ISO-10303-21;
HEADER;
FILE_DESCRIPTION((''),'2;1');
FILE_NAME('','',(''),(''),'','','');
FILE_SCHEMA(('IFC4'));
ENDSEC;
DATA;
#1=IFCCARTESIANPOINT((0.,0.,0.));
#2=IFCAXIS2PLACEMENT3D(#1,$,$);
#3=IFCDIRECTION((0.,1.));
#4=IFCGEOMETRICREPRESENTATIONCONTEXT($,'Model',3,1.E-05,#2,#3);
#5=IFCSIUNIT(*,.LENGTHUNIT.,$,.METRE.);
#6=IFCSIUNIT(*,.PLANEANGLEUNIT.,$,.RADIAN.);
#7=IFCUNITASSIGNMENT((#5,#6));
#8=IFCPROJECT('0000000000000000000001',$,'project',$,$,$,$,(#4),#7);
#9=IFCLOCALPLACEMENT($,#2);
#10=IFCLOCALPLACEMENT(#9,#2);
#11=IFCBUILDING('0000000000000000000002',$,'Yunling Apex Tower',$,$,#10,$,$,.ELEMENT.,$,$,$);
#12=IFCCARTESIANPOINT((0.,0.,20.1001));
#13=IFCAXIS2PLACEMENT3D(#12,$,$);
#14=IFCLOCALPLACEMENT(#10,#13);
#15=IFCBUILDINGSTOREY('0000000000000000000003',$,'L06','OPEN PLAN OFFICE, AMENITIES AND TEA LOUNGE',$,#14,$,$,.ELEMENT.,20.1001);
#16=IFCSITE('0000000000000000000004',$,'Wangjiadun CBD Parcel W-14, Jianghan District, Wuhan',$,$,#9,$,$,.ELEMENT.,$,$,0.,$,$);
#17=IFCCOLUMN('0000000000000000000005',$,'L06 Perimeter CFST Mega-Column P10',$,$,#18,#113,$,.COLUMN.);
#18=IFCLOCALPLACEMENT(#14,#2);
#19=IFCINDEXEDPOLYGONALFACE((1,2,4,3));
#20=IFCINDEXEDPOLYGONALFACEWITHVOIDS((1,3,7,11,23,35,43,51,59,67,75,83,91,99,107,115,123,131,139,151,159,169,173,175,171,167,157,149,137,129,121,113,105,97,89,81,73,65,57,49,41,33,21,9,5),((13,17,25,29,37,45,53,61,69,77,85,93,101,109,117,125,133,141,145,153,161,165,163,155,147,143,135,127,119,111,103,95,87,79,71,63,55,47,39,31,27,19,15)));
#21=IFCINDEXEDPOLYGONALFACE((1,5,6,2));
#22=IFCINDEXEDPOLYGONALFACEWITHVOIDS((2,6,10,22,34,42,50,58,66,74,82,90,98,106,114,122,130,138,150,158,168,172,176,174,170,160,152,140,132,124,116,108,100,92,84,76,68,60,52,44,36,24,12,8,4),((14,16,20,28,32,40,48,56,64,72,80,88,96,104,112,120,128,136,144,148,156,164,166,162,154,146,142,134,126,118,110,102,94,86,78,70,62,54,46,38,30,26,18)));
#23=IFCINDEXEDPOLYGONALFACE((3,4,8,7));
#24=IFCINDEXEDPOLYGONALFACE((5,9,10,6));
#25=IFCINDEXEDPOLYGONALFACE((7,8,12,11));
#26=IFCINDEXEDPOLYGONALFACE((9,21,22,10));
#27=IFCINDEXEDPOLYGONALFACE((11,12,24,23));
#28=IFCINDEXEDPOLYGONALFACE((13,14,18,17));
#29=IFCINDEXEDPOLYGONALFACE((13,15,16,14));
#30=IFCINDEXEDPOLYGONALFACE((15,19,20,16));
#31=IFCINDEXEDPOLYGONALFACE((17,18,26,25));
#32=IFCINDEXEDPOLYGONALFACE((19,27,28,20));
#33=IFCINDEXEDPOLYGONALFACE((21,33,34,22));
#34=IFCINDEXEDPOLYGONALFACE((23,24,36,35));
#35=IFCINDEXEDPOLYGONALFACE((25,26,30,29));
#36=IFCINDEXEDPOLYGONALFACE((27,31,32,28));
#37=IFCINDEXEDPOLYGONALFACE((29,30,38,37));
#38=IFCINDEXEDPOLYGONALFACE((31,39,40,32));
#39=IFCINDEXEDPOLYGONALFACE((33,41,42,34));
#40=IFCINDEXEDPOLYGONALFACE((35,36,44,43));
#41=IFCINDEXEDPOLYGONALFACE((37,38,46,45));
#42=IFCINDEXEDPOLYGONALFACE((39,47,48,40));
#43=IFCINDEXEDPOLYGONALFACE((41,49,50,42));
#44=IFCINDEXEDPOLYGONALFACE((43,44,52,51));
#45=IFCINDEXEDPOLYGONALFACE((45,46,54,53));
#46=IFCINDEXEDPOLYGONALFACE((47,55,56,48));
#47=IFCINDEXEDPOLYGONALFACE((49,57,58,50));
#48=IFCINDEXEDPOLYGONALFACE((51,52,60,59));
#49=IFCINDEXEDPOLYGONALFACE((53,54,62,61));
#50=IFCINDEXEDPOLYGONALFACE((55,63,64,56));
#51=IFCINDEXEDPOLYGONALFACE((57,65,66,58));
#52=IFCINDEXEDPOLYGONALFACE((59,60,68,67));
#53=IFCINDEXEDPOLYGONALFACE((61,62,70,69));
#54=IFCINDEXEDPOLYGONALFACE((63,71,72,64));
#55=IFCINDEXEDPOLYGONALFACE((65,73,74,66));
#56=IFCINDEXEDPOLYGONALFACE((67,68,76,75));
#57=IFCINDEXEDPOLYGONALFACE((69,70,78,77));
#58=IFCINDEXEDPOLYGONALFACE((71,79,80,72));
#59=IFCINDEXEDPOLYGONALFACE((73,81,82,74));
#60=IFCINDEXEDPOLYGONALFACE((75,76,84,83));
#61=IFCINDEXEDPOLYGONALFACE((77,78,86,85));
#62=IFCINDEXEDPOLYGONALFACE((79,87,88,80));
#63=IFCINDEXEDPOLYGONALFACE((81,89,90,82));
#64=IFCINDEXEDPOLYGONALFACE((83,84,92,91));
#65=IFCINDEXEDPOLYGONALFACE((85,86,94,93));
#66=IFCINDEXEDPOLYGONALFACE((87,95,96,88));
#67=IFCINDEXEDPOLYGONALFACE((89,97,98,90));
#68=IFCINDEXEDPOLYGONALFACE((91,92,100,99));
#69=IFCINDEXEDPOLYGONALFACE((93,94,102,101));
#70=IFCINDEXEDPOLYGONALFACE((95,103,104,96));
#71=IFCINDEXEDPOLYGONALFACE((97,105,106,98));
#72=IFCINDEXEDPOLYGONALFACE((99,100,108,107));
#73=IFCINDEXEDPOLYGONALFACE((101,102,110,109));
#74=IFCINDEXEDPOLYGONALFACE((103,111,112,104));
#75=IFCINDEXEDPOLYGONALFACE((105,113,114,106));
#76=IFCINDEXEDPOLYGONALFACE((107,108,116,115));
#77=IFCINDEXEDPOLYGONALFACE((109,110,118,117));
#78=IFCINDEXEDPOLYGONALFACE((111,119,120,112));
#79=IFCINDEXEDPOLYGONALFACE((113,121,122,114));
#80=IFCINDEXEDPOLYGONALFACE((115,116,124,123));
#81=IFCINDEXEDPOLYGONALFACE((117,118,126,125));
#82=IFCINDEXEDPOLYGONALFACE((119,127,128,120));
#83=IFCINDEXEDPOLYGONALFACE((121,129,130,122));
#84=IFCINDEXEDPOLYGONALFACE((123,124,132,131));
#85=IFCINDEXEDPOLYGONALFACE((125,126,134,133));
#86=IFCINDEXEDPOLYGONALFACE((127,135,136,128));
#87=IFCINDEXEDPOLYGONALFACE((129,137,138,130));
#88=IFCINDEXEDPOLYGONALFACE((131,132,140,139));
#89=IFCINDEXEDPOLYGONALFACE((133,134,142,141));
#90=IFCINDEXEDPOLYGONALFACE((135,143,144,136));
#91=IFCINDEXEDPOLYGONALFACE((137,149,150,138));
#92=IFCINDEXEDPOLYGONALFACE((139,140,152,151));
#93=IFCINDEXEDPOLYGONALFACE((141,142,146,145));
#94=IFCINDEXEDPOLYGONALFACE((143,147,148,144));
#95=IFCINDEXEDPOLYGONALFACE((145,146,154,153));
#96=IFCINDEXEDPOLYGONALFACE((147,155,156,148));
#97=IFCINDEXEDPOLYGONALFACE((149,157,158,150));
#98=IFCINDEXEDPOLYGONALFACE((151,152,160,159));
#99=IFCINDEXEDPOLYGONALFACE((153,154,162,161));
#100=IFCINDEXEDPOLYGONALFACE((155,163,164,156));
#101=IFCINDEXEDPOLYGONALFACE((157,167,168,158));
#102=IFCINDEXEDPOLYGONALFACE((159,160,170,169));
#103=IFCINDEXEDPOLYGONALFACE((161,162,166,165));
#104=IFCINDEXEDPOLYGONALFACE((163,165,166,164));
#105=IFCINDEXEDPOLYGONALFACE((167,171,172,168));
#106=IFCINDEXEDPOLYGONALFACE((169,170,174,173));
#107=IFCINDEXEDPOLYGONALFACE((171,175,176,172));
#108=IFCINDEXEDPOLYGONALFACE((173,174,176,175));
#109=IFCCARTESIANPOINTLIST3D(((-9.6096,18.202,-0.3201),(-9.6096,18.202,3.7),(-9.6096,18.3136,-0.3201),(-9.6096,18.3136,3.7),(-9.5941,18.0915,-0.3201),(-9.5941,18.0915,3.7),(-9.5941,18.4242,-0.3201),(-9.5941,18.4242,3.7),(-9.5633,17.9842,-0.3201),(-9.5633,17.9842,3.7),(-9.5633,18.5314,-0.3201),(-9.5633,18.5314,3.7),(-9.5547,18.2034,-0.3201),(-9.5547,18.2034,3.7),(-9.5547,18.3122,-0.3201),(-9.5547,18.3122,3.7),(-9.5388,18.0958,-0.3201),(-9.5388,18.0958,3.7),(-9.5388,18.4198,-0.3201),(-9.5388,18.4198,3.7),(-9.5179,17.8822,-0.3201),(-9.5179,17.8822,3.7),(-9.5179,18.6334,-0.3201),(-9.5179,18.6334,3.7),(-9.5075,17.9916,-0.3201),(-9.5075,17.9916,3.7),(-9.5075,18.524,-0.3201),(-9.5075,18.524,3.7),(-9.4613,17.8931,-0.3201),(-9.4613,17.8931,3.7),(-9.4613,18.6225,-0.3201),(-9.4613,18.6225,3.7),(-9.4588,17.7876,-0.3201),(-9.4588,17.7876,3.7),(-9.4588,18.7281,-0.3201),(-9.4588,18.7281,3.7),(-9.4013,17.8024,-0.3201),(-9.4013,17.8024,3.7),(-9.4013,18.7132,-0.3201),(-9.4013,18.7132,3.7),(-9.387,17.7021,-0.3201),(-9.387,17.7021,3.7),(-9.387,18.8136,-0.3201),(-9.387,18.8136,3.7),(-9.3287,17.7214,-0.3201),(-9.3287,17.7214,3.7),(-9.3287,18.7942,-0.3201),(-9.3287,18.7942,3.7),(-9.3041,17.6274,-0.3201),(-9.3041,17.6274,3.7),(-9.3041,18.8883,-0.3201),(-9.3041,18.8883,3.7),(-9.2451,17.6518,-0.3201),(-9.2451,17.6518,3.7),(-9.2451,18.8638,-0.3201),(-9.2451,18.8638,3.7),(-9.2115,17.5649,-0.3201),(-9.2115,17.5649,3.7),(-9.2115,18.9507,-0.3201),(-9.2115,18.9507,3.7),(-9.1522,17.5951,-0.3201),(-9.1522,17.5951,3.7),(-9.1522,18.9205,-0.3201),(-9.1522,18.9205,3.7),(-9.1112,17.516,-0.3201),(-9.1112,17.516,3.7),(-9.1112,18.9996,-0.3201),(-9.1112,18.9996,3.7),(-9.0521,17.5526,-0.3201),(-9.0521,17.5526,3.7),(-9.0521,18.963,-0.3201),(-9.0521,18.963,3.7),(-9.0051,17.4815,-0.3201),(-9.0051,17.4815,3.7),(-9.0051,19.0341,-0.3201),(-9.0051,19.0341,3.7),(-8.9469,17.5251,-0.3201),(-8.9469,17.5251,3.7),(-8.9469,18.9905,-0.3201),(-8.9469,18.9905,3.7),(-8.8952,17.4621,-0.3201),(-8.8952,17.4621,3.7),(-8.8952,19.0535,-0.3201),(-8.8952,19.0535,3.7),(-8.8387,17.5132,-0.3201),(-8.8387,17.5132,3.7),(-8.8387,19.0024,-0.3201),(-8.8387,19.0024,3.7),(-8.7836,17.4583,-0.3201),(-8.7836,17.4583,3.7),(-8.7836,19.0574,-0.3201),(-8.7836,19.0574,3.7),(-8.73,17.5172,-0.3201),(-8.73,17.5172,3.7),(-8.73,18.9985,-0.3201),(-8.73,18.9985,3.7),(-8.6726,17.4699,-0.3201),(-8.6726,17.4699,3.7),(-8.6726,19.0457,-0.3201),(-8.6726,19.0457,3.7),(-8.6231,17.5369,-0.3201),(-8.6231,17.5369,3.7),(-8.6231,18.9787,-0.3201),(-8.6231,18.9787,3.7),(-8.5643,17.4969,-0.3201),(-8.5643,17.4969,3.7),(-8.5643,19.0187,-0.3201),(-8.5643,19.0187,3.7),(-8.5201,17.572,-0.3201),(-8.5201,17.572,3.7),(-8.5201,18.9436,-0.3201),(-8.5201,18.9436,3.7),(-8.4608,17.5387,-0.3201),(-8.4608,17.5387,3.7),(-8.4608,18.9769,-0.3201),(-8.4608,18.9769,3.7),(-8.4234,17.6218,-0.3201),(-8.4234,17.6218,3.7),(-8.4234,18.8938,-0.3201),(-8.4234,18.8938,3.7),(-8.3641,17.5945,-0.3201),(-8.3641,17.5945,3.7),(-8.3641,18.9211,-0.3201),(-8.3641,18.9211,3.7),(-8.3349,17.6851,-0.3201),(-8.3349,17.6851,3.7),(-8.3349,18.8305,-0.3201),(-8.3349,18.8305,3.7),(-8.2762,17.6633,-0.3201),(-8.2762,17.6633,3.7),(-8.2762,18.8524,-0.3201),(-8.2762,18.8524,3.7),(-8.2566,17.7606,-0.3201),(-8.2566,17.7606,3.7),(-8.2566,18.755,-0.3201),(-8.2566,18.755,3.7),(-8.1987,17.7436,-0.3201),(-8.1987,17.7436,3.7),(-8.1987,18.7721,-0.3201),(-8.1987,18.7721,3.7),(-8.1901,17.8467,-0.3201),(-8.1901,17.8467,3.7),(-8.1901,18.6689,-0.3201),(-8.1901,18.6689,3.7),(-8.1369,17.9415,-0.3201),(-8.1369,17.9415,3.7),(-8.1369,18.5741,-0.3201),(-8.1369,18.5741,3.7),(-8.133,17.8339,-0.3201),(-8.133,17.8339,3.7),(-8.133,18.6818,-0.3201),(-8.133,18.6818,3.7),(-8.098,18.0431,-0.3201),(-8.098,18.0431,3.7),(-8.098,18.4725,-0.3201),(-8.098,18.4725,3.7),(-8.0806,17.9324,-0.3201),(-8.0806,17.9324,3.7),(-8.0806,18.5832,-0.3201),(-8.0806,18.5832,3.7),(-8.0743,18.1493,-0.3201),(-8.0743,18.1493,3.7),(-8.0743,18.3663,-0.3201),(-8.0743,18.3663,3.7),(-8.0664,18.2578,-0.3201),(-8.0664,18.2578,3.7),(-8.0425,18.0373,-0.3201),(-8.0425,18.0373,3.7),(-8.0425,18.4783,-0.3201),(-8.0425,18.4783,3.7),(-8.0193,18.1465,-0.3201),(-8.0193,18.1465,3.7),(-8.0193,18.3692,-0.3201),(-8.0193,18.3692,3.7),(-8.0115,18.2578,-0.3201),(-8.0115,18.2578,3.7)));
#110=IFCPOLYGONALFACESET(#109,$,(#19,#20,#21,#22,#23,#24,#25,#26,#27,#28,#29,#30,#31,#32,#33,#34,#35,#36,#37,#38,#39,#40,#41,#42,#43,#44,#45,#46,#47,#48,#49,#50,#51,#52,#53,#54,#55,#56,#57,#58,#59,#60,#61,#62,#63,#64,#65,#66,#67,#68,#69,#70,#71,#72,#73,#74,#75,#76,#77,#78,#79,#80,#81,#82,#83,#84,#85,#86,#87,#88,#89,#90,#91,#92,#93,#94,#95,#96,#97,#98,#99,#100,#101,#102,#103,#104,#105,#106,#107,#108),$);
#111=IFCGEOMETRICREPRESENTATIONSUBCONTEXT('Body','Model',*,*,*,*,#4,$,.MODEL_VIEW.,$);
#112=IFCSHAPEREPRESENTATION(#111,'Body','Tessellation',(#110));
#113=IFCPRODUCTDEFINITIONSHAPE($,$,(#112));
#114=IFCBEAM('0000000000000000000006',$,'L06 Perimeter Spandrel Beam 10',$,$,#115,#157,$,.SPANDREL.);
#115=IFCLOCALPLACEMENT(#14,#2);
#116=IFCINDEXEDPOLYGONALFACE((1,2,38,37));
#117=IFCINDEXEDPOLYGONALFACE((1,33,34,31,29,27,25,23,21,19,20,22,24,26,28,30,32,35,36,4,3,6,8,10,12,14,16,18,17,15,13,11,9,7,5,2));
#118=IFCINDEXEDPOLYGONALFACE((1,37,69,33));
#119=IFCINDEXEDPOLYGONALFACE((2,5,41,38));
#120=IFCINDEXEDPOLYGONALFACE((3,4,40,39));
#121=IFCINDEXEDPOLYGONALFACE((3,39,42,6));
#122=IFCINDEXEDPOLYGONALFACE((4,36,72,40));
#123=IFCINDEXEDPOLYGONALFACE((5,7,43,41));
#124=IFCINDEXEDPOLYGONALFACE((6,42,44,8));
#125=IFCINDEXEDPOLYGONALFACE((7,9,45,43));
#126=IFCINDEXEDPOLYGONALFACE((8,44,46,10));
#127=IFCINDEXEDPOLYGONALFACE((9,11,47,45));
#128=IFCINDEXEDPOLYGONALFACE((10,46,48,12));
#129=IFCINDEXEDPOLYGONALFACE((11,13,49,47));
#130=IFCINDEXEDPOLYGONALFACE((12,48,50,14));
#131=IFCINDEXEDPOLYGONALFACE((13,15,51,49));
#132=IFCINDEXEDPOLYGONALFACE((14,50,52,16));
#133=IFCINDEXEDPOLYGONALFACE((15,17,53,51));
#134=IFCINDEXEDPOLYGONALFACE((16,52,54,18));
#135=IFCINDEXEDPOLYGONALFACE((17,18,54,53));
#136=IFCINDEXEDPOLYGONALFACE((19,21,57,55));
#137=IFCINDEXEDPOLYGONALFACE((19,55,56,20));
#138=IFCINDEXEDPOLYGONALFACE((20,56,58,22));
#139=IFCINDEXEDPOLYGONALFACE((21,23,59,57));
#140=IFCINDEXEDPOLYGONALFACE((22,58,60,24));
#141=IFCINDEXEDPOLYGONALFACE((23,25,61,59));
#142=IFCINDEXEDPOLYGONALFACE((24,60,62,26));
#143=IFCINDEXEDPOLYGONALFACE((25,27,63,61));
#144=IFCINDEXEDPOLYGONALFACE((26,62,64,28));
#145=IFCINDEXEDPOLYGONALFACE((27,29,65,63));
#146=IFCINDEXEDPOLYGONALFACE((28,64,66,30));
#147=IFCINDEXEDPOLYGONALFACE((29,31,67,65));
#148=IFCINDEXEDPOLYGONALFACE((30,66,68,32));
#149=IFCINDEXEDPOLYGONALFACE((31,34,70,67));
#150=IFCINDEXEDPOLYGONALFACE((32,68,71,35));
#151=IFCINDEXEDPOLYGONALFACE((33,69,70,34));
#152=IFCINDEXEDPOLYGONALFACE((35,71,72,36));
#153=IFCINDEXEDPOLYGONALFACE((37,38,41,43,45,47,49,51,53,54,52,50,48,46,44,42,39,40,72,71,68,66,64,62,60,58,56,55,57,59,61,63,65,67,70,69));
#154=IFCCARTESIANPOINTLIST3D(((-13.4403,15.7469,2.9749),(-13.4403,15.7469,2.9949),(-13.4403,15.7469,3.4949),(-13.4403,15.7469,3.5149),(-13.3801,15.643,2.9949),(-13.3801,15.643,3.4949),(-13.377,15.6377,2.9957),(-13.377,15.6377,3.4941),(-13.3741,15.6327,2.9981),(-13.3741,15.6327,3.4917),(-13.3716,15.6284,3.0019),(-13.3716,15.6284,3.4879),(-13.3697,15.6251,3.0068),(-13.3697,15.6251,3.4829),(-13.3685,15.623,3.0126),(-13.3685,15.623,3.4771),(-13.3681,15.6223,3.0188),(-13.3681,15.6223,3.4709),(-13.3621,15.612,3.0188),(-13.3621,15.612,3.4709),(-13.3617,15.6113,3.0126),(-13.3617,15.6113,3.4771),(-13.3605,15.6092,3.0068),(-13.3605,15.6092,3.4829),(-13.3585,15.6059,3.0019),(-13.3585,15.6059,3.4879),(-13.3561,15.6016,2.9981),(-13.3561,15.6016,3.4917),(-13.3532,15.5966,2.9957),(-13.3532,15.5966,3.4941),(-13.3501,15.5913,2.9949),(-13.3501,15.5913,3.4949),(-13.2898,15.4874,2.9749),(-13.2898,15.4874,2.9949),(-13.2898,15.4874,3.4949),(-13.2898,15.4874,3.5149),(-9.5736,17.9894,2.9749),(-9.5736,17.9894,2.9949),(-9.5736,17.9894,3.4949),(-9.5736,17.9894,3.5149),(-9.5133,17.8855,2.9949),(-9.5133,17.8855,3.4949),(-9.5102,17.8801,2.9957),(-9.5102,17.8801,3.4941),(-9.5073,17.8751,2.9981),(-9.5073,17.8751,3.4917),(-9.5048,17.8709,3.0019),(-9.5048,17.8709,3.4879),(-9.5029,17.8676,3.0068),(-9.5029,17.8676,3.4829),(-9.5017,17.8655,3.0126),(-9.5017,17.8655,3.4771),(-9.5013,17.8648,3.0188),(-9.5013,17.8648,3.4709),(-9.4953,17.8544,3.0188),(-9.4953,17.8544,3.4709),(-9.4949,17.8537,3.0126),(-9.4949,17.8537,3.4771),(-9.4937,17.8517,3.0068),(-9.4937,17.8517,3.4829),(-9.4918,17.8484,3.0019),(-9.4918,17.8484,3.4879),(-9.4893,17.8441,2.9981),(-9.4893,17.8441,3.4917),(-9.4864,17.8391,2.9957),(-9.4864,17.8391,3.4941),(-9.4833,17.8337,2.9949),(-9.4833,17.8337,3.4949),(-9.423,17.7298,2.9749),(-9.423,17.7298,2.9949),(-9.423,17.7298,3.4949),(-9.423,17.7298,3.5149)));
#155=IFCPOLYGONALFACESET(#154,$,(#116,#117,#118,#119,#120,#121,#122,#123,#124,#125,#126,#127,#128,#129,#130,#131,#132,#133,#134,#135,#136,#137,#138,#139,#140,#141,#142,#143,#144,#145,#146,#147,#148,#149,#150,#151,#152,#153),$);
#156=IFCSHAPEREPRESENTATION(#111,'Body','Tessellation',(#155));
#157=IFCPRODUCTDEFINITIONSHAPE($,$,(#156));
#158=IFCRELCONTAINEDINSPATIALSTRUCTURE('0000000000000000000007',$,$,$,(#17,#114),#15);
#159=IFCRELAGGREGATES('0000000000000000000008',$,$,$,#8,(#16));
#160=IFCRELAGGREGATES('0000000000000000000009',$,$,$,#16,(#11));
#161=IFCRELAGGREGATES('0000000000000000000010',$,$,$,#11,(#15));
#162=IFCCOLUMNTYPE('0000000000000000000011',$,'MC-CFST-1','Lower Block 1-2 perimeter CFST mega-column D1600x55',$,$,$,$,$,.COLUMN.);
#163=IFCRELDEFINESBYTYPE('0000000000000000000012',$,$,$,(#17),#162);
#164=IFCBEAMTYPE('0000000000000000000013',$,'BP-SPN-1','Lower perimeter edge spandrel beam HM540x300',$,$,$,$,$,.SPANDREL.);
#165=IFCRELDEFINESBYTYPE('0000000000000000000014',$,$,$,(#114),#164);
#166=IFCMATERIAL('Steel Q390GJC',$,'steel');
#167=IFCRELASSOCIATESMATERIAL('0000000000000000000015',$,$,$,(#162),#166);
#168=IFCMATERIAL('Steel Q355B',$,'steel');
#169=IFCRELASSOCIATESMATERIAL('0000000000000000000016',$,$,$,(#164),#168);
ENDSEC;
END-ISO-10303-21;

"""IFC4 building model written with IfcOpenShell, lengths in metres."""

from ifc_helpers import new_model, si_unit, direction, frame, origin, origin_2d, place, context, subcontext, project, spatial, hollow_circle, i_section, extrude, source, transform, mapped, material, material_profile, profile_set, type_object, element, save


model = new_model("IFC4")

# Units and contexts
model_context = context("Model", 3, precision=1e-05, world=origin(), true_north=direction((0.0, 1.0)))
body_context = subcontext(model_context, "Body", "Model", "MODEL_VIEW")
ifc_project = project(units=[si_unit("LENGTHUNIT", "METRE"), si_unit("PLANEANGLEUNIT", "RADIAN")], contexts=[model_context])

# Site, building, storey
site_placement = place(None, origin())
site = spatial("IfcSite", under=ifc_project, at=site_placement, Name="Wangjiadun CBD Parcel W-14, Jianghan District, Wuhan", CompositionType="ELEMENT", RefElevation=0.0)
building_placement = place(site_placement, origin())
building = spatial("IfcBuilding", under=site, at=building_placement, Name="Yunling Apex Tower", CompositionType="ELEMENT")
storey_placement = place(building_placement, frame((0.0, 0.0, 20.1001)))
storey = spatial("IfcBuildingStorey", under=building, at=storey_placement, Name="L06", Description="OPEN PLAN OFFICE, AMENITIES AND TEA LOUNGE", CompositionType="ELEMENT", Elevation=20.1001)

# Column
ifc_material_1 = material(Name="Steel Q390GJC", Category="steel")
ifc_material_profile_1 = material_profile(ifc_material_1, hollow_circle(Radius=0.8, WallThickness=0.0549, at=origin_2d()))
ifc_profile_set_1 = profile_set([ifc_material_profile_1], Name="Steel Q390GJC")
column_type = type_object("IfcColumnType", Name="MC-CFST-1", Description="Lower Block 1-2 perimeter CFST mega-column D1600x55", PredefinedType="COLUMN", material=ifc_profile_set_1)
shared_shape_1 = source(origin(), body_context, "Body", "SweptSolid", [
    extrude(hollow_circle(Radius=0.8, WallThickness=0.0549, at=origin_2d()), origin(), (0.0, 0.0, 1.0), 4.02),
])
column_placement = place(storey_placement, frame((-8.8115, 18.2578, -0.3201), z_axis=(0.0, 0.0, 1.0), x_axis=(1.0, 0.0, 0.0)))
element("IfcColumn", 1, at=column_placement, inside=storey, type_object=column_type, Name="L06 Perimeter CFST Mega-Column P10", PredefinedType="COLUMN", context=body_context, shape_type="MappedRepresentation", body=[
    mapped(shared_shape_1, transform((0.0, 0.0, 0.0), scale=1.0)),
])

# Beam
ifc_material_2 = material(Name="Steel Q355B", Category="steel")
ifc_material_profile_2 = material_profile(ifc_material_2, i_section(OverallWidth=0.3, OverallDepth=0.54, WebThickness=0.012, FlangeThickness=0.02, FilletRadius=0.0239, at=origin_2d()))
ifc_profile_set_2 = profile_set([ifc_material_profile_2], Name="Steel Q355B")
beam_type_1 = type_object("IfcBeamType", Name="BP-SPN-1", Description="Lower perimeter edge spandrel beam HM540x300", PredefinedType="SPANDREL", material=ifc_profile_set_2)
shared_shape_2 = source(origin(), body_context, "Body", "SweptSolid", [
    extrude(i_section(OverallWidth=0.3, OverallDepth=0.54, WebThickness=0.012, FlangeThickness=0.02, FilletRadius=0.0239, at=origin_2d()), origin(), (0.0, 0.0, 1.0), 4.47),
])
beam_1_placement = place(storey_placement, frame((-9.4983, 17.8596, 3.2449), z_axis=(-0.865056, -0.501676, 0.0), x_axis=(0.501676, -0.865056, 0.0)))
element("IfcBeam", 2, at=beam_1_placement, inside=storey, type_object=beam_type_1, Name="L06 Perimeter Spandrel Beam 10", PredefinedType="SPANDREL", context=body_context, shape_type="MappedRepresentation", body=[
    mapped(shared_shape_2, transform((0.0, 0.0, 0.0), scale=1.0)),
])

save(model, "model.ifc")
